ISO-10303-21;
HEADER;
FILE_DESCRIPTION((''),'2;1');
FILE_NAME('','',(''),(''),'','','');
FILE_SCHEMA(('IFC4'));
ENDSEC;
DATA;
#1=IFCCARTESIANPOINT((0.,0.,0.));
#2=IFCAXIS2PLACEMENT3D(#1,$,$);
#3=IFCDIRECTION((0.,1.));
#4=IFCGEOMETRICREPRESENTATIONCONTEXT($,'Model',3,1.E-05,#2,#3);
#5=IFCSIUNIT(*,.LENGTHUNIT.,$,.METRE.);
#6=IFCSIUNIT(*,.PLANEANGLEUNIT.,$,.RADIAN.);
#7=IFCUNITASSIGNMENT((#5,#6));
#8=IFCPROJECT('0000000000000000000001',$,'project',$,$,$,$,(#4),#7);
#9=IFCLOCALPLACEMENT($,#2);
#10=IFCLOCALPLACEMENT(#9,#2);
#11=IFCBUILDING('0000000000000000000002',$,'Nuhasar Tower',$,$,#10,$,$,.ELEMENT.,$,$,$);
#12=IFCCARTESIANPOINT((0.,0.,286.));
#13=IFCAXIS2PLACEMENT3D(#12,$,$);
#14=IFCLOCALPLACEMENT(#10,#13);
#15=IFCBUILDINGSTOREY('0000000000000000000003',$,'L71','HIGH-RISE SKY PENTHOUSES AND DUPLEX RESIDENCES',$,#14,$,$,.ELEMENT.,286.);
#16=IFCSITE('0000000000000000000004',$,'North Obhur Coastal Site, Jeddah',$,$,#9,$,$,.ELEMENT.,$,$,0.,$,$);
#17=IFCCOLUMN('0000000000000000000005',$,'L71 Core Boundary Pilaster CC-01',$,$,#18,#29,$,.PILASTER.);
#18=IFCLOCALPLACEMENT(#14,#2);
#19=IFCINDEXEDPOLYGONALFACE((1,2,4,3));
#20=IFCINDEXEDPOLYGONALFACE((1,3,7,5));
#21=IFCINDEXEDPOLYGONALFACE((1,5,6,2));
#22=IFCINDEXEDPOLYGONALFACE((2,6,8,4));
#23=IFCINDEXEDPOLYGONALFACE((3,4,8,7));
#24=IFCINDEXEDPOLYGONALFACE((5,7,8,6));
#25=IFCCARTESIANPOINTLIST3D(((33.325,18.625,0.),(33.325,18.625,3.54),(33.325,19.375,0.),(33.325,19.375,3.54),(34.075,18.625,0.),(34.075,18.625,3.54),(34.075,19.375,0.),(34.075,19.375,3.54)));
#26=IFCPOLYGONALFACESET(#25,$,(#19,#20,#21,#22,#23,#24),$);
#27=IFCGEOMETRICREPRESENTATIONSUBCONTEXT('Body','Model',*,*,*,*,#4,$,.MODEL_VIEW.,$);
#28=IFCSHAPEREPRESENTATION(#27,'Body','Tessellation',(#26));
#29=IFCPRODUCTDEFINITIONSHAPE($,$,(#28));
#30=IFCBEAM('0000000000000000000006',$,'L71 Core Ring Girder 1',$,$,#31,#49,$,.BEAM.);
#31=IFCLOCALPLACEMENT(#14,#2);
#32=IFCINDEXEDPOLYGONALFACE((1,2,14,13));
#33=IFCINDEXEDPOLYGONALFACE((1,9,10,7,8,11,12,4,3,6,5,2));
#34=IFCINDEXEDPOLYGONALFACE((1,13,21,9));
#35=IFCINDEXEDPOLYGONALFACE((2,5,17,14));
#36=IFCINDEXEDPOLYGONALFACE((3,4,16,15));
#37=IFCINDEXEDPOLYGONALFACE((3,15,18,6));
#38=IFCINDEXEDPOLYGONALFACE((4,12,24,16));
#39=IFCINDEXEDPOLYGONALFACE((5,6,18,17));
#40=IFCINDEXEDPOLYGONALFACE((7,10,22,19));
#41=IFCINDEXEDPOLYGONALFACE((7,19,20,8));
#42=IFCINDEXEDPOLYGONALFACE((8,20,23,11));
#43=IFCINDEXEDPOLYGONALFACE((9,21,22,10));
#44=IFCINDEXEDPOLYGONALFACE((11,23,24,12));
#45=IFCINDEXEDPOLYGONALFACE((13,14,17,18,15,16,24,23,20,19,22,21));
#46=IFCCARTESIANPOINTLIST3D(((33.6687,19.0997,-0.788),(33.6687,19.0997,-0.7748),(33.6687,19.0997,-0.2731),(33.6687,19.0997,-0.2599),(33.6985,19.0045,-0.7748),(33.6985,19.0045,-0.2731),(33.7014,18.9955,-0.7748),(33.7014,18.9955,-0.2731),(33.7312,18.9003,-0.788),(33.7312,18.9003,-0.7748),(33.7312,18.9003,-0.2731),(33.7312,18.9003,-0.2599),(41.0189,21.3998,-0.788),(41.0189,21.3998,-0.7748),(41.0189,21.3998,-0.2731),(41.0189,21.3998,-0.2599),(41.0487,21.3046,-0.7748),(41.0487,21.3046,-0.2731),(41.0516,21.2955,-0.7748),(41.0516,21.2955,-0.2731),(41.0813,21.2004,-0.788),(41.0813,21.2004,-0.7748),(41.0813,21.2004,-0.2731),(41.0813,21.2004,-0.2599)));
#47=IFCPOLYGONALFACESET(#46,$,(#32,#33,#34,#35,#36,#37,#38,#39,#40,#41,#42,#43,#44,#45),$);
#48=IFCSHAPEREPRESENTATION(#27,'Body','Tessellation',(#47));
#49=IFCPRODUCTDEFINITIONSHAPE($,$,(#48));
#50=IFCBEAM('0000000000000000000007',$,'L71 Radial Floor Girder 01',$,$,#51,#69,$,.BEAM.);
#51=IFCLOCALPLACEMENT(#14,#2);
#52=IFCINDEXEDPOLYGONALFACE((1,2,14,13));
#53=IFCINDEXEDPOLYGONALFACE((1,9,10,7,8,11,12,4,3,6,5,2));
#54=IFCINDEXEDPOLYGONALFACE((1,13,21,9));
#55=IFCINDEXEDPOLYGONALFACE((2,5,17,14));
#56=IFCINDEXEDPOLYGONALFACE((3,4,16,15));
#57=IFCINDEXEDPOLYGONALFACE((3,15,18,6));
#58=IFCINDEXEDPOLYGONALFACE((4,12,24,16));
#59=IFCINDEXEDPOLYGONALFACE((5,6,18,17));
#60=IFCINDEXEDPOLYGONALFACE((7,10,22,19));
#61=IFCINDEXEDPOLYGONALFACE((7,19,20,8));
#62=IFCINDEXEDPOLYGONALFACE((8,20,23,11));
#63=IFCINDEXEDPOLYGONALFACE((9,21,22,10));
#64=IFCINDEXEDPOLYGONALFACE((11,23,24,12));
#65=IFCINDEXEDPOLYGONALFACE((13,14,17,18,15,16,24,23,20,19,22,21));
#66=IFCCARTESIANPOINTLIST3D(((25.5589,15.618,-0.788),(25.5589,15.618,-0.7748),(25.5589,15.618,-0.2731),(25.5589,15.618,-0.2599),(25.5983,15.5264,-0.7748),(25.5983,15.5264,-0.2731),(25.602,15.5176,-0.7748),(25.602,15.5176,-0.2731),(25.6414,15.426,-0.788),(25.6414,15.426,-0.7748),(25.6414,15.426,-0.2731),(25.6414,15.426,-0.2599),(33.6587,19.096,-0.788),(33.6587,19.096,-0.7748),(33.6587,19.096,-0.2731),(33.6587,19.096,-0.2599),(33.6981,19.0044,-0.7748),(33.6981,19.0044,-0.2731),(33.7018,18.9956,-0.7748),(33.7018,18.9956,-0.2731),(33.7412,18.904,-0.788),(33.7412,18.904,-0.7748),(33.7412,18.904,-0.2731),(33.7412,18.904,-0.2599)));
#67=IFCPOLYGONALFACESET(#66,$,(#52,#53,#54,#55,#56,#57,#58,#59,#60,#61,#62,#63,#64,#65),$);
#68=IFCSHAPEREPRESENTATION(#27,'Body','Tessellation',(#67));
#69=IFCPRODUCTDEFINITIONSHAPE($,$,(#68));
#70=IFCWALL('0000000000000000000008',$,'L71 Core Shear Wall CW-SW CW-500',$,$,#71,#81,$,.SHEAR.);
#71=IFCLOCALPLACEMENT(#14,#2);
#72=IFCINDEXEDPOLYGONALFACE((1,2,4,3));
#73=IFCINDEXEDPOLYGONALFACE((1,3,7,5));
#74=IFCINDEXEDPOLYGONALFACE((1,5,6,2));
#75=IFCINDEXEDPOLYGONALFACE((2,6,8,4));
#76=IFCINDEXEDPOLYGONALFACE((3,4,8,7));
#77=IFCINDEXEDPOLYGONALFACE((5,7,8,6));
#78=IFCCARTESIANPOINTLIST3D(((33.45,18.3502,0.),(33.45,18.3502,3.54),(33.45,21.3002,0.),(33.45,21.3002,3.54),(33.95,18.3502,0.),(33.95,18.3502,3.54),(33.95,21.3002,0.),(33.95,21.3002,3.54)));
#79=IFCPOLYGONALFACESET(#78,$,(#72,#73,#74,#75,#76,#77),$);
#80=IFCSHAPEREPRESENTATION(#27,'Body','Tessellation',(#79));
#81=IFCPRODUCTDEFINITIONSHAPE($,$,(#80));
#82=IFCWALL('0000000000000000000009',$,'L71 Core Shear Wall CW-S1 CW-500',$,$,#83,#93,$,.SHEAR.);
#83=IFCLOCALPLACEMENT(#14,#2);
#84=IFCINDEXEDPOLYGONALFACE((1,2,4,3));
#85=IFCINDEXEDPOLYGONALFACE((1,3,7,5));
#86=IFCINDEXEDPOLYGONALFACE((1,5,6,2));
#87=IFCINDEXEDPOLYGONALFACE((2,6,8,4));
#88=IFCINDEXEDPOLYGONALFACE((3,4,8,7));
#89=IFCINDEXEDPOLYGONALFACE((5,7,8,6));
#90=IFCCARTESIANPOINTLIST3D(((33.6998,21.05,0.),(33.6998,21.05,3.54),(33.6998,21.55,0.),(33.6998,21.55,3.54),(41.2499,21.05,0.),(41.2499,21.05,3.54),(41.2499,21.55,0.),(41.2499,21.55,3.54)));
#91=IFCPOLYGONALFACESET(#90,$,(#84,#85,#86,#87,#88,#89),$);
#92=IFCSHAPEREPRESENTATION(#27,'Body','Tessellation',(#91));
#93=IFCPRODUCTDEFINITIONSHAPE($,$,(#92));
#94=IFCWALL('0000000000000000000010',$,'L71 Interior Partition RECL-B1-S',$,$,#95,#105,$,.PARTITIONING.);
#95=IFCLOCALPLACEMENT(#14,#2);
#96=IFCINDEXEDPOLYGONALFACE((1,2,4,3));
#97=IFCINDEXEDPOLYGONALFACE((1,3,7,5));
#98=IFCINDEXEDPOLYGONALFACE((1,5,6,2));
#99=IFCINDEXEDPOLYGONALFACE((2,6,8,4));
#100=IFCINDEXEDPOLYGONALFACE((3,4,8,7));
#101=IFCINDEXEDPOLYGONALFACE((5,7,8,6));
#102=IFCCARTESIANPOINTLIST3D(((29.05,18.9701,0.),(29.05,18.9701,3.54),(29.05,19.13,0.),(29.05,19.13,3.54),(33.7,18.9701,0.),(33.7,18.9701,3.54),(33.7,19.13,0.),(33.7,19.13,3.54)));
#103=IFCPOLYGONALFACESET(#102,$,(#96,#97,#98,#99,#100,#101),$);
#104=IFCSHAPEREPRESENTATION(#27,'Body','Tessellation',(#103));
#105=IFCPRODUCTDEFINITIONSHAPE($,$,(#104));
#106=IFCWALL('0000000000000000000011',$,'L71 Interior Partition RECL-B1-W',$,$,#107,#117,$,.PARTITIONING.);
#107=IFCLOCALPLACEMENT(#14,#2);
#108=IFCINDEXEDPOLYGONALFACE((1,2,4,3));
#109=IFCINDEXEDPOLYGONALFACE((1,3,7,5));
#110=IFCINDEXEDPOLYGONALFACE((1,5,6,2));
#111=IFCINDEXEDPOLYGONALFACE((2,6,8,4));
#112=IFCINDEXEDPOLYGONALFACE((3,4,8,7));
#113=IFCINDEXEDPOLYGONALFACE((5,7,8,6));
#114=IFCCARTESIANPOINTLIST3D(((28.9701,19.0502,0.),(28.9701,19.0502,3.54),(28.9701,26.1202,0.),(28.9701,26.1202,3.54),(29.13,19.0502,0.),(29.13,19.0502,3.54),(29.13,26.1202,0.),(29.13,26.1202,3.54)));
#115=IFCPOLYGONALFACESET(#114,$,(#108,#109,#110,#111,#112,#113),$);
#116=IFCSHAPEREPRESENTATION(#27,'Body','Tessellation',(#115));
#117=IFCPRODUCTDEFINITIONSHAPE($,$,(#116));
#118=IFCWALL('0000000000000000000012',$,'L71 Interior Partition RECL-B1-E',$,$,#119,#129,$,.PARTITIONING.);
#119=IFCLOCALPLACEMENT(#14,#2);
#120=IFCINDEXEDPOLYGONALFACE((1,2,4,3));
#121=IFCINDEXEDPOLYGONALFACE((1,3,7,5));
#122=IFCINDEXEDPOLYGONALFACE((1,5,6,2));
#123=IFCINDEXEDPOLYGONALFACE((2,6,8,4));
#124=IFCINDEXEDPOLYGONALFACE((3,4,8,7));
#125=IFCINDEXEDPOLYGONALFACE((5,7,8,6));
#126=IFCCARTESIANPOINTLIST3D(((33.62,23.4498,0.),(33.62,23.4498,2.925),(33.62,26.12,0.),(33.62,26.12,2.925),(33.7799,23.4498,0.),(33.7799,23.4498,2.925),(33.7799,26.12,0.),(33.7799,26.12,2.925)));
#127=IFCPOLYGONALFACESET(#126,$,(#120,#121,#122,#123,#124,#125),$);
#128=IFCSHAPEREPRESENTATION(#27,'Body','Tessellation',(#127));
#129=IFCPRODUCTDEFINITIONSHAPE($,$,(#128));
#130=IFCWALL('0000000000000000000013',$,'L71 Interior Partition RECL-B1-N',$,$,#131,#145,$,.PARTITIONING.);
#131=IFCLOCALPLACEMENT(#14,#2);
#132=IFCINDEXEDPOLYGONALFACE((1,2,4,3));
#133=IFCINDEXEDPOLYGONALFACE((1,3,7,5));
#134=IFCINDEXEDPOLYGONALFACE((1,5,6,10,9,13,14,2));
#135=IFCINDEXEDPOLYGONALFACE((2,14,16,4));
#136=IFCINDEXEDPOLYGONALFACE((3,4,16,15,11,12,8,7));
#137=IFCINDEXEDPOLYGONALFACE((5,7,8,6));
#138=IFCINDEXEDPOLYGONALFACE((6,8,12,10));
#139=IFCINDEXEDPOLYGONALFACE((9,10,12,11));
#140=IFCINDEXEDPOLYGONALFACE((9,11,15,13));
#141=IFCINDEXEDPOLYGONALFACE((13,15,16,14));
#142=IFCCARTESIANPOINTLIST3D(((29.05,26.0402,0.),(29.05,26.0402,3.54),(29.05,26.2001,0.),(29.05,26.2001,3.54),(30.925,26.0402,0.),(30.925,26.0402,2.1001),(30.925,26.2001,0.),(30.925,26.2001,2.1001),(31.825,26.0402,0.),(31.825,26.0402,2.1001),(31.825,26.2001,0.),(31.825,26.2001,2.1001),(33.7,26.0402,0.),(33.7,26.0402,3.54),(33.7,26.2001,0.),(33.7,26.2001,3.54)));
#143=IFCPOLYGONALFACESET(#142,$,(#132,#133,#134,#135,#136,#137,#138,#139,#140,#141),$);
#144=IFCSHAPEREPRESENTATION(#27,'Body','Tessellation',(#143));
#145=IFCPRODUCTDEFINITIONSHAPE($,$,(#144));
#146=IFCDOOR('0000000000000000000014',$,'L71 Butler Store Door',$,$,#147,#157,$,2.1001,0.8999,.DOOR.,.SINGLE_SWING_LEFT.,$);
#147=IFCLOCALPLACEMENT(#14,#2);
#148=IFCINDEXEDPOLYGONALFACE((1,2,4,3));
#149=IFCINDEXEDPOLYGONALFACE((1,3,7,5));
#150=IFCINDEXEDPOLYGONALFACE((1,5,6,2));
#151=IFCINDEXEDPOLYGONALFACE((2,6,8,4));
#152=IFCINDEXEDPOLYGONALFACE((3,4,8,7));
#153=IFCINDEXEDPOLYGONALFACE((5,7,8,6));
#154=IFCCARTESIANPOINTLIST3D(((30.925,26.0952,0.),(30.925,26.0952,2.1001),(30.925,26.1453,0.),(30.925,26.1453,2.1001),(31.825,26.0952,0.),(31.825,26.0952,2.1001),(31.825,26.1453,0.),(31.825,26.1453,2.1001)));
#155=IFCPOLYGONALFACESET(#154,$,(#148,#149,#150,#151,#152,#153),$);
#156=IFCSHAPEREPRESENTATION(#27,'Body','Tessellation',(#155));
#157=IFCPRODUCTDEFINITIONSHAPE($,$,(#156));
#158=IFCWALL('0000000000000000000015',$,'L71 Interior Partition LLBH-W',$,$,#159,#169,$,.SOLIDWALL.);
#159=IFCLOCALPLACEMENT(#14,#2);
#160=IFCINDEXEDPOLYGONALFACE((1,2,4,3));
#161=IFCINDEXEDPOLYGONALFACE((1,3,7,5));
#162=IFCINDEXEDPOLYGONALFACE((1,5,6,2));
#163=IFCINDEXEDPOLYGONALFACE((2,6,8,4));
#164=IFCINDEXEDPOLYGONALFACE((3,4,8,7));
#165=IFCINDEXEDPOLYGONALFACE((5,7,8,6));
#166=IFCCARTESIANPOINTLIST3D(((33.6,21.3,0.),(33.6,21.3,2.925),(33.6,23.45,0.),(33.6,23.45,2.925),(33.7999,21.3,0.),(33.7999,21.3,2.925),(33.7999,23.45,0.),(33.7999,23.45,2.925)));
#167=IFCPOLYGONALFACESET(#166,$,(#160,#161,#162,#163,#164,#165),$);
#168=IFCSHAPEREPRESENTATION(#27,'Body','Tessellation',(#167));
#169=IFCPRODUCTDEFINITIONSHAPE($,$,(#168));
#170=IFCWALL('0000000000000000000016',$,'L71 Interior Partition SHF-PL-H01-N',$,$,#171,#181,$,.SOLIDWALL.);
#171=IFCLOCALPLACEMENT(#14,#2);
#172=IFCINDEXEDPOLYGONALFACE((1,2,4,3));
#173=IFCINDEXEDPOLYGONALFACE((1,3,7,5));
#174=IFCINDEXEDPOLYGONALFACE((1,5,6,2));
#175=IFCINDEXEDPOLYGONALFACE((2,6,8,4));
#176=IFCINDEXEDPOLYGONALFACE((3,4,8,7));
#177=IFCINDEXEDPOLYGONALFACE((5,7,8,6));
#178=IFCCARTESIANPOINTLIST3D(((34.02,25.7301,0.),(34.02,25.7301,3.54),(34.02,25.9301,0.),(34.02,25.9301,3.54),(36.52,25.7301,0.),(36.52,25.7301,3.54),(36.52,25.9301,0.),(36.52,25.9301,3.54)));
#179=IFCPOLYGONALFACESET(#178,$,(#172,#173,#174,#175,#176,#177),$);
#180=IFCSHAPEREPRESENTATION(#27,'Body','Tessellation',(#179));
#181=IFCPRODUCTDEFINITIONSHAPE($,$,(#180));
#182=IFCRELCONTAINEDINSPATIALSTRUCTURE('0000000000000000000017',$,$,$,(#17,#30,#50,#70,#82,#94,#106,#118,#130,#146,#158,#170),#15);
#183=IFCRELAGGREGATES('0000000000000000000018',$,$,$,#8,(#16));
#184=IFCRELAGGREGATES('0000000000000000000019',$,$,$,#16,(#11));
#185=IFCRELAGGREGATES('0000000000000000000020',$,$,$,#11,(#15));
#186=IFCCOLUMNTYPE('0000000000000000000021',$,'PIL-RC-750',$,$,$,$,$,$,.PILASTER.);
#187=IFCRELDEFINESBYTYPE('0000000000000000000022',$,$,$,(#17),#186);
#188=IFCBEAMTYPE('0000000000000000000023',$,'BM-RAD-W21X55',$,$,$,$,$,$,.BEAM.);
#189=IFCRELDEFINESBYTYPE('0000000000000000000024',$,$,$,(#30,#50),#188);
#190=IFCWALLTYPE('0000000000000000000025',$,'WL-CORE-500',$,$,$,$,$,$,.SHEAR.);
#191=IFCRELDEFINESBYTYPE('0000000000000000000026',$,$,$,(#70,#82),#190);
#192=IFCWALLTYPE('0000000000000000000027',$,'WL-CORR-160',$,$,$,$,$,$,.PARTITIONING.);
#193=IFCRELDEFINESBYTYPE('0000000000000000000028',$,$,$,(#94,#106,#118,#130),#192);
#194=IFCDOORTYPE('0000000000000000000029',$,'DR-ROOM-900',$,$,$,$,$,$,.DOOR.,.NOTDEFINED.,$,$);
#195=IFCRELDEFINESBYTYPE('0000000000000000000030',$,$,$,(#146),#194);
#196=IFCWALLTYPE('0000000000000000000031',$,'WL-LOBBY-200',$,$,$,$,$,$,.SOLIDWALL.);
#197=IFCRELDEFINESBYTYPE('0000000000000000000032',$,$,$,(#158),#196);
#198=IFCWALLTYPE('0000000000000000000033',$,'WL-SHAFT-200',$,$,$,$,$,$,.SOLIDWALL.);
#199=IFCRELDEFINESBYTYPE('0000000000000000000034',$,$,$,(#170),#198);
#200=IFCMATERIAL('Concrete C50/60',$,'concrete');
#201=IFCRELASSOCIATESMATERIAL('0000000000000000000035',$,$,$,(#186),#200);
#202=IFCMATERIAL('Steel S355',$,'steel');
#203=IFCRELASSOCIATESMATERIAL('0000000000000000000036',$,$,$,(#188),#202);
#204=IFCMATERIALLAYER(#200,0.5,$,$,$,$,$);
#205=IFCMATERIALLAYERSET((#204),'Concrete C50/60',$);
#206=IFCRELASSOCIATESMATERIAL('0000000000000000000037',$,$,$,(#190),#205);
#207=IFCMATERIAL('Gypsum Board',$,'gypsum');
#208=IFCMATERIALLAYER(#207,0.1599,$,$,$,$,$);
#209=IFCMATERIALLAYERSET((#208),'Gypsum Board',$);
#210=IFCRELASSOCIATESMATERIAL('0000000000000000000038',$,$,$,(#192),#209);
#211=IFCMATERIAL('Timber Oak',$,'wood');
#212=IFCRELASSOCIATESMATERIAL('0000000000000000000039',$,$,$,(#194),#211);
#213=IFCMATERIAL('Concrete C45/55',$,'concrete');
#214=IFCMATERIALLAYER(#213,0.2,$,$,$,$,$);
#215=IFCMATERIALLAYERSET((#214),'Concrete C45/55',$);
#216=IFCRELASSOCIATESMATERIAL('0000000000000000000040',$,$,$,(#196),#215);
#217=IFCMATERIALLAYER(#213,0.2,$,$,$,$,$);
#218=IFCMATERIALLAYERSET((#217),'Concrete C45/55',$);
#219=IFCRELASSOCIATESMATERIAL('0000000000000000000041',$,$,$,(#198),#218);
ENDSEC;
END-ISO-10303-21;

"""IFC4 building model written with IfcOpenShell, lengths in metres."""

from ifc_helpers import new_model, si_unit, direction, frame, frame_2d, origin, origin_2d, place, context, subcontext, project, spatial, rectangle, i_section, extrude, material, layer, layer_set, material_profile, profile_set, type_object, element, fill, save


model = new_model("IFC4")

# Units and contexts
model_context = context("Model", 3, precision=1e-05, world=origin(), true_north=direction((0.0, 1.0)))
body_context = subcontext(model_context, "Body", "Model", "MODEL_VIEW")
ifc_project = project(units=[si_unit("LENGTHUNIT", "METRE"), si_unit("PLANEANGLEUNIT", "RADIAN")], contexts=[model_context])

# Site, building, storey
site_placement = place(None, origin())
site = spatial("IfcSite", under=ifc_project, at=site_placement, Name="North Obhur Coastal Site, Jeddah", CompositionType="ELEMENT", RefElevation=0.0)
building_placement = place(site_placement, origin())
building = spatial("IfcBuilding", under=site, at=building_placement, Name="Nuhasar Tower", CompositionType="ELEMENT")
storey_placement = place(building_placement, frame((0.0, 0.0, 286.0)))
storey = spatial("IfcBuildingStorey", under=building, at=storey_placement, Name="L71", Description="HIGH-RISE SKY PENTHOUSES AND DUPLEX RESIDENCES", CompositionType="ELEMENT", Elevation=286.0)

# Column
ifc_material_1 = material(Name="Concrete C50/60", Category="concrete")
ifc_material_profile_1 = material_profile(ifc_material_1, rectangle(XDim=0.75, YDim=0.75, at=origin_2d()), Name="RC750X750")
ifc_profile_set_1 = profile_set([ifc_material_profile_1], Name="Concrete C50/60")
column_type = type_object("IfcColumnType", Name="PIL-RC-750", PredefinedType="PILASTER", material=ifc_profile_set_1)
column_placement = place(storey_placement, frame((33.7, 19.0, 0.0), z_axis=(0.0, 0.0, 1.0), x_axis=(1.0, 0.0, 0.0)))
element("IfcColumn", 1, at=column_placement, inside=storey, type_object=column_type, Name="L71 Core Boundary Pilaster CC-01", PredefinedType="PILASTER", context=body_context, shape_type="SweptSolid", body=[
    extrude(rectangle(XDim=0.75, YDim=0.75, at=origin_2d()), origin(), (0.0, 0.0, 1.0), 3.54),
])

# Beams
ifc_material_2 = material(Name="Steel S355", Category="steel")
ifc_material_profile_2 = material_profile(ifc_material_2, i_section(OverallWidth=0.209, OverallDepth=0.5281, WebThickness=0.0095, FlangeThickness=0.0132, at=origin_2d()), Name="W21X55")
ifc_profile_set_2 = profile_set([ifc_material_profile_2], Name="Steel S355")
beam_type = type_object("IfcBeamType", Name="BM-RAD-W21X55", PredefinedType="BEAM", material=ifc_profile_set_2)
beam_1_placement = place(storey_placement, frame((33.7, 19.0, -0.5239), z_axis=(0.954364, 0.298647, 0.0), x_axis=(-0.298647, 0.954364, 0.0)))
element("IfcBeam", 2, at=beam_1_placement, inside=storey, type_object=beam_type, Name="L71 Core Ring Girder 1", PredefinedType="BEAM", context=body_context, shape_type="SweptSolid", body=[
    extrude(i_section(OverallWidth=0.209, OverallDepth=0.5281, WebThickness=0.0095, FlangeThickness=0.0132, at=origin_2d()), origin(), (0.0, 0.0, 1.0), 7.7017),
])
beam_2_placement = place(storey_placement, frame((33.7, 19.0, -0.5239), z_axis=(-0.918871, -0.394558, 0.0), x_axis=(0.394558, -0.918871, 0.0)))
element("IfcBeam", 3, at=beam_2_placement, inside=storey, type_object=beam_type, Name="L71 Radial Floor Girder 01", PredefinedType="BEAM", context=body_context, shape_type="SweptSolid", body=[
    extrude(i_section(OverallWidth=0.209, OverallDepth=0.5281, WebThickness=0.0095, FlangeThickness=0.0132, at=origin_2d()), origin(), (0.0, 0.0, 1.0), 8.8149),
])

# Walls
ifc_layer_1 = layer(ifc_material_1, 0.5)
ifc_layer_set_1 = layer_set([ifc_layer_1], Name="Concrete C50/60")
wall_type_1 = type_object("IfcWallType", Name="WL-CORE-500", PredefinedType="SHEAR", material=ifc_layer_set_1)
wall_1_placement = place(storey_placement, frame((33.7, 18.3501, 0.0), z_axis=(0.0, 0.0, 1.0), x_axis=(0.0, 1.0, 0.0)))
element("IfcWall", 4, at=wall_1_placement, inside=storey, type_object=wall_type_1, Name="L71 Core Shear Wall CW-SW CW-500", PredefinedType="SHEAR", context=body_context, shape_type="SweptSolid", body=[
    extrude(rectangle(XDim=2.95, YDim=0.5, at=frame_2d((1.4751, 0.0))), origin(), (0.0, 0.0, 1.0), 3.54),
])
wall_2_placement = place(storey_placement, frame((33.7, 21.3, 0.0), z_axis=(0.0, 0.0, 1.0), x_axis=(1.0, 0.0, 0.0)))
element("IfcWall", 5, at=wall_2_placement, inside=storey, type_object=wall_type_1, Name="L71 Core Shear Wall CW-S1 CW-500", PredefinedType="SHEAR", context=body_context, shape_type="SweptSolid", body=[
    extrude(rectangle(XDim=7.55, YDim=0.5, at=frame_2d((3.7749, 0.0))), origin(), (0.0, 0.0, 1.0), 3.54),
])
ifc_material_3 = material(Name="Gypsum Board", Category="gypsum")
ifc_layer_2 = layer(ifc_material_3, 0.1599)
ifc_layer_set_2 = layer_set([ifc_layer_2], Name="Gypsum Board")
wall_type_2 = type_object("IfcWallType", Name="WL-CORR-160", PredefinedType="PARTITIONING", material=ifc_layer_set_2)
wall_3_placement = place(storey_placement, frame((29.05, 19.05, 0.0), z_axis=(0.0, 0.0, 1.0), x_axis=(1.0, 0.0, 0.0)))
element("IfcWall", 6, at=wall_3_placement, inside=storey, type_object=wall_type_2, Name="L71 Interior Partition RECL-B1-S", PredefinedType="PARTITIONING", context=body_context, shape_type="SweptSolid", body=[
    extrude(rectangle(XDim=4.6499, YDim=0.1599, at=frame_2d((2.325, 0.0))), origin(), (0.0, 0.0, 1.0), 3.54),
])
wall_4_placement = place(storey_placement, frame((29.05, 19.05, 0.0), z_axis=(0.0, 0.0, 1.0), x_axis=(0.0, 1.0, 0.0)))
element("IfcWall", 7, at=wall_4_placement, inside=storey, type_object=wall_type_2, Name="L71 Interior Partition RECL-B1-W", PredefinedType="PARTITIONING", context=body_context, shape_type="SweptSolid", body=[
    extrude(rectangle(XDim=7.0701, YDim=0.1599, at=frame_2d((3.5352, 0.0))), origin(), (0.0, 0.0, 1.0), 3.54),
])
wall_5_placement = place(storey_placement, frame((33.7, 23.45, 0.0), z_axis=(0.0, 0.0, 1.0), x_axis=(0.0, 1.0, 0.0)))
element("IfcWall", 8, at=wall_5_placement, inside=storey, type_object=wall_type_2, Name="L71 Interior Partition RECL-B1-E", PredefinedType="PARTITIONING", context=body_context, shape_type="SweptSolid", body=[
    extrude(rectangle(XDim=2.6702, YDim=0.1599, at=frame_2d((1.335, 0.0))), origin(), (0.0, 0.0, 1.0), 2.925),
])

# Wall, opening, door
wall_6_placement = place(storey_placement, frame((33.7, 26.1201, 0.0), z_axis=(0.0, 0.0, 1.0), x_axis=(-1.0, 0.0, 0.0)))
wall_6 = element("IfcWall", 9, at=wall_6_placement, inside=storey, type_object=wall_type_2, Name="L71 Interior Partition RECL-B1-N", PredefinedType="PARTITIONING", context=body_context, shape_type="SweptSolid", body=[
    extrude(rectangle(XDim=4.6499, YDim=0.1599, at=frame_2d((2.325, 0.0))), origin(), (0.0, 0.0, 1.0), 3.54),
])
opening_1_placement = place(wall_6_placement, frame((1.875, 0.0, 0.0)))
opening_1 = element("IfcOpeningElement", 10, at=opening_1_placement, cuts=wall_6, PredefinedType="OPENING", context=body_context, shape_type="SweptSolid", body=[
    extrude(rectangle(XDim=0.8999, YDim=2.1001, at=frame_2d((0.45, 1.05))), frame((0.0, 0.0898, 0.0), z_axis=(0.0, -1.0, 0.0), x_axis=(1.0, 0.0, 0.0)), (0.0, 0.0, 1.0), 0.1799),
])
ifc_material_4 = material(Name="Timber Oak", Category="wood")
door_type_1 = type_object("IfcDoorType", Name="DR-ROOM-900", OperationType="NOTDEFINED", PredefinedType="DOOR", material=ifc_material_4)
door_1_placement = place(opening_1_placement, origin())
door_1 = element("IfcDoor", 11, at=door_1_placement, inside=storey, type_object=door_type_1, Name="L71 Butler Store Door", OperationType="SINGLE_SWING_LEFT", OverallHeight=2.1001, OverallWidth=0.8999, PredefinedType="DOOR", context=body_context, shape_type="SweptSolid", body=[
    extrude(rectangle(XDim=0.8999, YDim=2.1001, at=frame_2d((0.45, 1.05))), frame((0.0, 0.0249, 0.0), z_axis=(0.0, -1.0, 0.0), x_axis=(1.0, 0.0, 0.0)), (0.0, 0.0, 1.0), 0.05),
])
fill(opening_1, door_1)

# Wall
ifc_material_5 = material(Name="Concrete C45/55", Category="concrete")
ifc_layer_3 = layer(ifc_material_5, 0.2)
ifc_layer_set_3 = layer_set([ifc_layer_3], Name="Concrete C45/55")
wall_type_3 = type_object("IfcWallType", Name="WL-LOBBY-200", PredefinedType="SOLIDWALL", material=ifc_layer_set_3)
wall_7_placement = place(storey_placement, frame((33.7, 21.3, 0.0), z_axis=(0.0, 0.0, 1.0), x_axis=(0.0, 1.0, 0.0)))
element("IfcWall", 12, at=wall_7_placement, inside=storey, type_object=wall_type_3, Name="L71 Interior Partition LLBH-W", PredefinedType="SOLIDWALL", context=body_context, shape_type="SweptSolid", body=[
    extrude(rectangle(XDim=2.1499, YDim=0.2, at=frame_2d((1.075, 0.0))), origin(), (0.0, 0.0, 1.0), 2.925),
])

# Shared definitions
ifc_layer_4 = layer(ifc_material_5, 0.2)
ifc_layer_set_4 = layer_set([ifc_layer_4], Name="Concrete C45/55")
wall_type_4 = type_object("IfcWallType", Name="WL-SHAFT-200", PredefinedType="SOLIDWALL", material=ifc_layer_set_4)

# Wall
wall_8_placement = place(storey_placement, frame((34.02, 25.8301, 0.0), z_axis=(0.0, 0.0, 1.0), x_axis=(1.0, 0.0, 0.0)))
element("IfcWall", 13, at=wall_8_placement, inside=storey, type_object=wall_type_4, Name="L71 Interior Partition SHF-PL-H01-N", PredefinedType="SOLIDWALL", context=body_context, shape_type="SweptSolid", body=[
    extrude(rectangle(XDim=2.5, YDim=0.2, at=frame_2d((1.25, 0.0))), origin(), (0.0, 0.0, 1.0), 3.54),
])

save(model, "model.ifc")
